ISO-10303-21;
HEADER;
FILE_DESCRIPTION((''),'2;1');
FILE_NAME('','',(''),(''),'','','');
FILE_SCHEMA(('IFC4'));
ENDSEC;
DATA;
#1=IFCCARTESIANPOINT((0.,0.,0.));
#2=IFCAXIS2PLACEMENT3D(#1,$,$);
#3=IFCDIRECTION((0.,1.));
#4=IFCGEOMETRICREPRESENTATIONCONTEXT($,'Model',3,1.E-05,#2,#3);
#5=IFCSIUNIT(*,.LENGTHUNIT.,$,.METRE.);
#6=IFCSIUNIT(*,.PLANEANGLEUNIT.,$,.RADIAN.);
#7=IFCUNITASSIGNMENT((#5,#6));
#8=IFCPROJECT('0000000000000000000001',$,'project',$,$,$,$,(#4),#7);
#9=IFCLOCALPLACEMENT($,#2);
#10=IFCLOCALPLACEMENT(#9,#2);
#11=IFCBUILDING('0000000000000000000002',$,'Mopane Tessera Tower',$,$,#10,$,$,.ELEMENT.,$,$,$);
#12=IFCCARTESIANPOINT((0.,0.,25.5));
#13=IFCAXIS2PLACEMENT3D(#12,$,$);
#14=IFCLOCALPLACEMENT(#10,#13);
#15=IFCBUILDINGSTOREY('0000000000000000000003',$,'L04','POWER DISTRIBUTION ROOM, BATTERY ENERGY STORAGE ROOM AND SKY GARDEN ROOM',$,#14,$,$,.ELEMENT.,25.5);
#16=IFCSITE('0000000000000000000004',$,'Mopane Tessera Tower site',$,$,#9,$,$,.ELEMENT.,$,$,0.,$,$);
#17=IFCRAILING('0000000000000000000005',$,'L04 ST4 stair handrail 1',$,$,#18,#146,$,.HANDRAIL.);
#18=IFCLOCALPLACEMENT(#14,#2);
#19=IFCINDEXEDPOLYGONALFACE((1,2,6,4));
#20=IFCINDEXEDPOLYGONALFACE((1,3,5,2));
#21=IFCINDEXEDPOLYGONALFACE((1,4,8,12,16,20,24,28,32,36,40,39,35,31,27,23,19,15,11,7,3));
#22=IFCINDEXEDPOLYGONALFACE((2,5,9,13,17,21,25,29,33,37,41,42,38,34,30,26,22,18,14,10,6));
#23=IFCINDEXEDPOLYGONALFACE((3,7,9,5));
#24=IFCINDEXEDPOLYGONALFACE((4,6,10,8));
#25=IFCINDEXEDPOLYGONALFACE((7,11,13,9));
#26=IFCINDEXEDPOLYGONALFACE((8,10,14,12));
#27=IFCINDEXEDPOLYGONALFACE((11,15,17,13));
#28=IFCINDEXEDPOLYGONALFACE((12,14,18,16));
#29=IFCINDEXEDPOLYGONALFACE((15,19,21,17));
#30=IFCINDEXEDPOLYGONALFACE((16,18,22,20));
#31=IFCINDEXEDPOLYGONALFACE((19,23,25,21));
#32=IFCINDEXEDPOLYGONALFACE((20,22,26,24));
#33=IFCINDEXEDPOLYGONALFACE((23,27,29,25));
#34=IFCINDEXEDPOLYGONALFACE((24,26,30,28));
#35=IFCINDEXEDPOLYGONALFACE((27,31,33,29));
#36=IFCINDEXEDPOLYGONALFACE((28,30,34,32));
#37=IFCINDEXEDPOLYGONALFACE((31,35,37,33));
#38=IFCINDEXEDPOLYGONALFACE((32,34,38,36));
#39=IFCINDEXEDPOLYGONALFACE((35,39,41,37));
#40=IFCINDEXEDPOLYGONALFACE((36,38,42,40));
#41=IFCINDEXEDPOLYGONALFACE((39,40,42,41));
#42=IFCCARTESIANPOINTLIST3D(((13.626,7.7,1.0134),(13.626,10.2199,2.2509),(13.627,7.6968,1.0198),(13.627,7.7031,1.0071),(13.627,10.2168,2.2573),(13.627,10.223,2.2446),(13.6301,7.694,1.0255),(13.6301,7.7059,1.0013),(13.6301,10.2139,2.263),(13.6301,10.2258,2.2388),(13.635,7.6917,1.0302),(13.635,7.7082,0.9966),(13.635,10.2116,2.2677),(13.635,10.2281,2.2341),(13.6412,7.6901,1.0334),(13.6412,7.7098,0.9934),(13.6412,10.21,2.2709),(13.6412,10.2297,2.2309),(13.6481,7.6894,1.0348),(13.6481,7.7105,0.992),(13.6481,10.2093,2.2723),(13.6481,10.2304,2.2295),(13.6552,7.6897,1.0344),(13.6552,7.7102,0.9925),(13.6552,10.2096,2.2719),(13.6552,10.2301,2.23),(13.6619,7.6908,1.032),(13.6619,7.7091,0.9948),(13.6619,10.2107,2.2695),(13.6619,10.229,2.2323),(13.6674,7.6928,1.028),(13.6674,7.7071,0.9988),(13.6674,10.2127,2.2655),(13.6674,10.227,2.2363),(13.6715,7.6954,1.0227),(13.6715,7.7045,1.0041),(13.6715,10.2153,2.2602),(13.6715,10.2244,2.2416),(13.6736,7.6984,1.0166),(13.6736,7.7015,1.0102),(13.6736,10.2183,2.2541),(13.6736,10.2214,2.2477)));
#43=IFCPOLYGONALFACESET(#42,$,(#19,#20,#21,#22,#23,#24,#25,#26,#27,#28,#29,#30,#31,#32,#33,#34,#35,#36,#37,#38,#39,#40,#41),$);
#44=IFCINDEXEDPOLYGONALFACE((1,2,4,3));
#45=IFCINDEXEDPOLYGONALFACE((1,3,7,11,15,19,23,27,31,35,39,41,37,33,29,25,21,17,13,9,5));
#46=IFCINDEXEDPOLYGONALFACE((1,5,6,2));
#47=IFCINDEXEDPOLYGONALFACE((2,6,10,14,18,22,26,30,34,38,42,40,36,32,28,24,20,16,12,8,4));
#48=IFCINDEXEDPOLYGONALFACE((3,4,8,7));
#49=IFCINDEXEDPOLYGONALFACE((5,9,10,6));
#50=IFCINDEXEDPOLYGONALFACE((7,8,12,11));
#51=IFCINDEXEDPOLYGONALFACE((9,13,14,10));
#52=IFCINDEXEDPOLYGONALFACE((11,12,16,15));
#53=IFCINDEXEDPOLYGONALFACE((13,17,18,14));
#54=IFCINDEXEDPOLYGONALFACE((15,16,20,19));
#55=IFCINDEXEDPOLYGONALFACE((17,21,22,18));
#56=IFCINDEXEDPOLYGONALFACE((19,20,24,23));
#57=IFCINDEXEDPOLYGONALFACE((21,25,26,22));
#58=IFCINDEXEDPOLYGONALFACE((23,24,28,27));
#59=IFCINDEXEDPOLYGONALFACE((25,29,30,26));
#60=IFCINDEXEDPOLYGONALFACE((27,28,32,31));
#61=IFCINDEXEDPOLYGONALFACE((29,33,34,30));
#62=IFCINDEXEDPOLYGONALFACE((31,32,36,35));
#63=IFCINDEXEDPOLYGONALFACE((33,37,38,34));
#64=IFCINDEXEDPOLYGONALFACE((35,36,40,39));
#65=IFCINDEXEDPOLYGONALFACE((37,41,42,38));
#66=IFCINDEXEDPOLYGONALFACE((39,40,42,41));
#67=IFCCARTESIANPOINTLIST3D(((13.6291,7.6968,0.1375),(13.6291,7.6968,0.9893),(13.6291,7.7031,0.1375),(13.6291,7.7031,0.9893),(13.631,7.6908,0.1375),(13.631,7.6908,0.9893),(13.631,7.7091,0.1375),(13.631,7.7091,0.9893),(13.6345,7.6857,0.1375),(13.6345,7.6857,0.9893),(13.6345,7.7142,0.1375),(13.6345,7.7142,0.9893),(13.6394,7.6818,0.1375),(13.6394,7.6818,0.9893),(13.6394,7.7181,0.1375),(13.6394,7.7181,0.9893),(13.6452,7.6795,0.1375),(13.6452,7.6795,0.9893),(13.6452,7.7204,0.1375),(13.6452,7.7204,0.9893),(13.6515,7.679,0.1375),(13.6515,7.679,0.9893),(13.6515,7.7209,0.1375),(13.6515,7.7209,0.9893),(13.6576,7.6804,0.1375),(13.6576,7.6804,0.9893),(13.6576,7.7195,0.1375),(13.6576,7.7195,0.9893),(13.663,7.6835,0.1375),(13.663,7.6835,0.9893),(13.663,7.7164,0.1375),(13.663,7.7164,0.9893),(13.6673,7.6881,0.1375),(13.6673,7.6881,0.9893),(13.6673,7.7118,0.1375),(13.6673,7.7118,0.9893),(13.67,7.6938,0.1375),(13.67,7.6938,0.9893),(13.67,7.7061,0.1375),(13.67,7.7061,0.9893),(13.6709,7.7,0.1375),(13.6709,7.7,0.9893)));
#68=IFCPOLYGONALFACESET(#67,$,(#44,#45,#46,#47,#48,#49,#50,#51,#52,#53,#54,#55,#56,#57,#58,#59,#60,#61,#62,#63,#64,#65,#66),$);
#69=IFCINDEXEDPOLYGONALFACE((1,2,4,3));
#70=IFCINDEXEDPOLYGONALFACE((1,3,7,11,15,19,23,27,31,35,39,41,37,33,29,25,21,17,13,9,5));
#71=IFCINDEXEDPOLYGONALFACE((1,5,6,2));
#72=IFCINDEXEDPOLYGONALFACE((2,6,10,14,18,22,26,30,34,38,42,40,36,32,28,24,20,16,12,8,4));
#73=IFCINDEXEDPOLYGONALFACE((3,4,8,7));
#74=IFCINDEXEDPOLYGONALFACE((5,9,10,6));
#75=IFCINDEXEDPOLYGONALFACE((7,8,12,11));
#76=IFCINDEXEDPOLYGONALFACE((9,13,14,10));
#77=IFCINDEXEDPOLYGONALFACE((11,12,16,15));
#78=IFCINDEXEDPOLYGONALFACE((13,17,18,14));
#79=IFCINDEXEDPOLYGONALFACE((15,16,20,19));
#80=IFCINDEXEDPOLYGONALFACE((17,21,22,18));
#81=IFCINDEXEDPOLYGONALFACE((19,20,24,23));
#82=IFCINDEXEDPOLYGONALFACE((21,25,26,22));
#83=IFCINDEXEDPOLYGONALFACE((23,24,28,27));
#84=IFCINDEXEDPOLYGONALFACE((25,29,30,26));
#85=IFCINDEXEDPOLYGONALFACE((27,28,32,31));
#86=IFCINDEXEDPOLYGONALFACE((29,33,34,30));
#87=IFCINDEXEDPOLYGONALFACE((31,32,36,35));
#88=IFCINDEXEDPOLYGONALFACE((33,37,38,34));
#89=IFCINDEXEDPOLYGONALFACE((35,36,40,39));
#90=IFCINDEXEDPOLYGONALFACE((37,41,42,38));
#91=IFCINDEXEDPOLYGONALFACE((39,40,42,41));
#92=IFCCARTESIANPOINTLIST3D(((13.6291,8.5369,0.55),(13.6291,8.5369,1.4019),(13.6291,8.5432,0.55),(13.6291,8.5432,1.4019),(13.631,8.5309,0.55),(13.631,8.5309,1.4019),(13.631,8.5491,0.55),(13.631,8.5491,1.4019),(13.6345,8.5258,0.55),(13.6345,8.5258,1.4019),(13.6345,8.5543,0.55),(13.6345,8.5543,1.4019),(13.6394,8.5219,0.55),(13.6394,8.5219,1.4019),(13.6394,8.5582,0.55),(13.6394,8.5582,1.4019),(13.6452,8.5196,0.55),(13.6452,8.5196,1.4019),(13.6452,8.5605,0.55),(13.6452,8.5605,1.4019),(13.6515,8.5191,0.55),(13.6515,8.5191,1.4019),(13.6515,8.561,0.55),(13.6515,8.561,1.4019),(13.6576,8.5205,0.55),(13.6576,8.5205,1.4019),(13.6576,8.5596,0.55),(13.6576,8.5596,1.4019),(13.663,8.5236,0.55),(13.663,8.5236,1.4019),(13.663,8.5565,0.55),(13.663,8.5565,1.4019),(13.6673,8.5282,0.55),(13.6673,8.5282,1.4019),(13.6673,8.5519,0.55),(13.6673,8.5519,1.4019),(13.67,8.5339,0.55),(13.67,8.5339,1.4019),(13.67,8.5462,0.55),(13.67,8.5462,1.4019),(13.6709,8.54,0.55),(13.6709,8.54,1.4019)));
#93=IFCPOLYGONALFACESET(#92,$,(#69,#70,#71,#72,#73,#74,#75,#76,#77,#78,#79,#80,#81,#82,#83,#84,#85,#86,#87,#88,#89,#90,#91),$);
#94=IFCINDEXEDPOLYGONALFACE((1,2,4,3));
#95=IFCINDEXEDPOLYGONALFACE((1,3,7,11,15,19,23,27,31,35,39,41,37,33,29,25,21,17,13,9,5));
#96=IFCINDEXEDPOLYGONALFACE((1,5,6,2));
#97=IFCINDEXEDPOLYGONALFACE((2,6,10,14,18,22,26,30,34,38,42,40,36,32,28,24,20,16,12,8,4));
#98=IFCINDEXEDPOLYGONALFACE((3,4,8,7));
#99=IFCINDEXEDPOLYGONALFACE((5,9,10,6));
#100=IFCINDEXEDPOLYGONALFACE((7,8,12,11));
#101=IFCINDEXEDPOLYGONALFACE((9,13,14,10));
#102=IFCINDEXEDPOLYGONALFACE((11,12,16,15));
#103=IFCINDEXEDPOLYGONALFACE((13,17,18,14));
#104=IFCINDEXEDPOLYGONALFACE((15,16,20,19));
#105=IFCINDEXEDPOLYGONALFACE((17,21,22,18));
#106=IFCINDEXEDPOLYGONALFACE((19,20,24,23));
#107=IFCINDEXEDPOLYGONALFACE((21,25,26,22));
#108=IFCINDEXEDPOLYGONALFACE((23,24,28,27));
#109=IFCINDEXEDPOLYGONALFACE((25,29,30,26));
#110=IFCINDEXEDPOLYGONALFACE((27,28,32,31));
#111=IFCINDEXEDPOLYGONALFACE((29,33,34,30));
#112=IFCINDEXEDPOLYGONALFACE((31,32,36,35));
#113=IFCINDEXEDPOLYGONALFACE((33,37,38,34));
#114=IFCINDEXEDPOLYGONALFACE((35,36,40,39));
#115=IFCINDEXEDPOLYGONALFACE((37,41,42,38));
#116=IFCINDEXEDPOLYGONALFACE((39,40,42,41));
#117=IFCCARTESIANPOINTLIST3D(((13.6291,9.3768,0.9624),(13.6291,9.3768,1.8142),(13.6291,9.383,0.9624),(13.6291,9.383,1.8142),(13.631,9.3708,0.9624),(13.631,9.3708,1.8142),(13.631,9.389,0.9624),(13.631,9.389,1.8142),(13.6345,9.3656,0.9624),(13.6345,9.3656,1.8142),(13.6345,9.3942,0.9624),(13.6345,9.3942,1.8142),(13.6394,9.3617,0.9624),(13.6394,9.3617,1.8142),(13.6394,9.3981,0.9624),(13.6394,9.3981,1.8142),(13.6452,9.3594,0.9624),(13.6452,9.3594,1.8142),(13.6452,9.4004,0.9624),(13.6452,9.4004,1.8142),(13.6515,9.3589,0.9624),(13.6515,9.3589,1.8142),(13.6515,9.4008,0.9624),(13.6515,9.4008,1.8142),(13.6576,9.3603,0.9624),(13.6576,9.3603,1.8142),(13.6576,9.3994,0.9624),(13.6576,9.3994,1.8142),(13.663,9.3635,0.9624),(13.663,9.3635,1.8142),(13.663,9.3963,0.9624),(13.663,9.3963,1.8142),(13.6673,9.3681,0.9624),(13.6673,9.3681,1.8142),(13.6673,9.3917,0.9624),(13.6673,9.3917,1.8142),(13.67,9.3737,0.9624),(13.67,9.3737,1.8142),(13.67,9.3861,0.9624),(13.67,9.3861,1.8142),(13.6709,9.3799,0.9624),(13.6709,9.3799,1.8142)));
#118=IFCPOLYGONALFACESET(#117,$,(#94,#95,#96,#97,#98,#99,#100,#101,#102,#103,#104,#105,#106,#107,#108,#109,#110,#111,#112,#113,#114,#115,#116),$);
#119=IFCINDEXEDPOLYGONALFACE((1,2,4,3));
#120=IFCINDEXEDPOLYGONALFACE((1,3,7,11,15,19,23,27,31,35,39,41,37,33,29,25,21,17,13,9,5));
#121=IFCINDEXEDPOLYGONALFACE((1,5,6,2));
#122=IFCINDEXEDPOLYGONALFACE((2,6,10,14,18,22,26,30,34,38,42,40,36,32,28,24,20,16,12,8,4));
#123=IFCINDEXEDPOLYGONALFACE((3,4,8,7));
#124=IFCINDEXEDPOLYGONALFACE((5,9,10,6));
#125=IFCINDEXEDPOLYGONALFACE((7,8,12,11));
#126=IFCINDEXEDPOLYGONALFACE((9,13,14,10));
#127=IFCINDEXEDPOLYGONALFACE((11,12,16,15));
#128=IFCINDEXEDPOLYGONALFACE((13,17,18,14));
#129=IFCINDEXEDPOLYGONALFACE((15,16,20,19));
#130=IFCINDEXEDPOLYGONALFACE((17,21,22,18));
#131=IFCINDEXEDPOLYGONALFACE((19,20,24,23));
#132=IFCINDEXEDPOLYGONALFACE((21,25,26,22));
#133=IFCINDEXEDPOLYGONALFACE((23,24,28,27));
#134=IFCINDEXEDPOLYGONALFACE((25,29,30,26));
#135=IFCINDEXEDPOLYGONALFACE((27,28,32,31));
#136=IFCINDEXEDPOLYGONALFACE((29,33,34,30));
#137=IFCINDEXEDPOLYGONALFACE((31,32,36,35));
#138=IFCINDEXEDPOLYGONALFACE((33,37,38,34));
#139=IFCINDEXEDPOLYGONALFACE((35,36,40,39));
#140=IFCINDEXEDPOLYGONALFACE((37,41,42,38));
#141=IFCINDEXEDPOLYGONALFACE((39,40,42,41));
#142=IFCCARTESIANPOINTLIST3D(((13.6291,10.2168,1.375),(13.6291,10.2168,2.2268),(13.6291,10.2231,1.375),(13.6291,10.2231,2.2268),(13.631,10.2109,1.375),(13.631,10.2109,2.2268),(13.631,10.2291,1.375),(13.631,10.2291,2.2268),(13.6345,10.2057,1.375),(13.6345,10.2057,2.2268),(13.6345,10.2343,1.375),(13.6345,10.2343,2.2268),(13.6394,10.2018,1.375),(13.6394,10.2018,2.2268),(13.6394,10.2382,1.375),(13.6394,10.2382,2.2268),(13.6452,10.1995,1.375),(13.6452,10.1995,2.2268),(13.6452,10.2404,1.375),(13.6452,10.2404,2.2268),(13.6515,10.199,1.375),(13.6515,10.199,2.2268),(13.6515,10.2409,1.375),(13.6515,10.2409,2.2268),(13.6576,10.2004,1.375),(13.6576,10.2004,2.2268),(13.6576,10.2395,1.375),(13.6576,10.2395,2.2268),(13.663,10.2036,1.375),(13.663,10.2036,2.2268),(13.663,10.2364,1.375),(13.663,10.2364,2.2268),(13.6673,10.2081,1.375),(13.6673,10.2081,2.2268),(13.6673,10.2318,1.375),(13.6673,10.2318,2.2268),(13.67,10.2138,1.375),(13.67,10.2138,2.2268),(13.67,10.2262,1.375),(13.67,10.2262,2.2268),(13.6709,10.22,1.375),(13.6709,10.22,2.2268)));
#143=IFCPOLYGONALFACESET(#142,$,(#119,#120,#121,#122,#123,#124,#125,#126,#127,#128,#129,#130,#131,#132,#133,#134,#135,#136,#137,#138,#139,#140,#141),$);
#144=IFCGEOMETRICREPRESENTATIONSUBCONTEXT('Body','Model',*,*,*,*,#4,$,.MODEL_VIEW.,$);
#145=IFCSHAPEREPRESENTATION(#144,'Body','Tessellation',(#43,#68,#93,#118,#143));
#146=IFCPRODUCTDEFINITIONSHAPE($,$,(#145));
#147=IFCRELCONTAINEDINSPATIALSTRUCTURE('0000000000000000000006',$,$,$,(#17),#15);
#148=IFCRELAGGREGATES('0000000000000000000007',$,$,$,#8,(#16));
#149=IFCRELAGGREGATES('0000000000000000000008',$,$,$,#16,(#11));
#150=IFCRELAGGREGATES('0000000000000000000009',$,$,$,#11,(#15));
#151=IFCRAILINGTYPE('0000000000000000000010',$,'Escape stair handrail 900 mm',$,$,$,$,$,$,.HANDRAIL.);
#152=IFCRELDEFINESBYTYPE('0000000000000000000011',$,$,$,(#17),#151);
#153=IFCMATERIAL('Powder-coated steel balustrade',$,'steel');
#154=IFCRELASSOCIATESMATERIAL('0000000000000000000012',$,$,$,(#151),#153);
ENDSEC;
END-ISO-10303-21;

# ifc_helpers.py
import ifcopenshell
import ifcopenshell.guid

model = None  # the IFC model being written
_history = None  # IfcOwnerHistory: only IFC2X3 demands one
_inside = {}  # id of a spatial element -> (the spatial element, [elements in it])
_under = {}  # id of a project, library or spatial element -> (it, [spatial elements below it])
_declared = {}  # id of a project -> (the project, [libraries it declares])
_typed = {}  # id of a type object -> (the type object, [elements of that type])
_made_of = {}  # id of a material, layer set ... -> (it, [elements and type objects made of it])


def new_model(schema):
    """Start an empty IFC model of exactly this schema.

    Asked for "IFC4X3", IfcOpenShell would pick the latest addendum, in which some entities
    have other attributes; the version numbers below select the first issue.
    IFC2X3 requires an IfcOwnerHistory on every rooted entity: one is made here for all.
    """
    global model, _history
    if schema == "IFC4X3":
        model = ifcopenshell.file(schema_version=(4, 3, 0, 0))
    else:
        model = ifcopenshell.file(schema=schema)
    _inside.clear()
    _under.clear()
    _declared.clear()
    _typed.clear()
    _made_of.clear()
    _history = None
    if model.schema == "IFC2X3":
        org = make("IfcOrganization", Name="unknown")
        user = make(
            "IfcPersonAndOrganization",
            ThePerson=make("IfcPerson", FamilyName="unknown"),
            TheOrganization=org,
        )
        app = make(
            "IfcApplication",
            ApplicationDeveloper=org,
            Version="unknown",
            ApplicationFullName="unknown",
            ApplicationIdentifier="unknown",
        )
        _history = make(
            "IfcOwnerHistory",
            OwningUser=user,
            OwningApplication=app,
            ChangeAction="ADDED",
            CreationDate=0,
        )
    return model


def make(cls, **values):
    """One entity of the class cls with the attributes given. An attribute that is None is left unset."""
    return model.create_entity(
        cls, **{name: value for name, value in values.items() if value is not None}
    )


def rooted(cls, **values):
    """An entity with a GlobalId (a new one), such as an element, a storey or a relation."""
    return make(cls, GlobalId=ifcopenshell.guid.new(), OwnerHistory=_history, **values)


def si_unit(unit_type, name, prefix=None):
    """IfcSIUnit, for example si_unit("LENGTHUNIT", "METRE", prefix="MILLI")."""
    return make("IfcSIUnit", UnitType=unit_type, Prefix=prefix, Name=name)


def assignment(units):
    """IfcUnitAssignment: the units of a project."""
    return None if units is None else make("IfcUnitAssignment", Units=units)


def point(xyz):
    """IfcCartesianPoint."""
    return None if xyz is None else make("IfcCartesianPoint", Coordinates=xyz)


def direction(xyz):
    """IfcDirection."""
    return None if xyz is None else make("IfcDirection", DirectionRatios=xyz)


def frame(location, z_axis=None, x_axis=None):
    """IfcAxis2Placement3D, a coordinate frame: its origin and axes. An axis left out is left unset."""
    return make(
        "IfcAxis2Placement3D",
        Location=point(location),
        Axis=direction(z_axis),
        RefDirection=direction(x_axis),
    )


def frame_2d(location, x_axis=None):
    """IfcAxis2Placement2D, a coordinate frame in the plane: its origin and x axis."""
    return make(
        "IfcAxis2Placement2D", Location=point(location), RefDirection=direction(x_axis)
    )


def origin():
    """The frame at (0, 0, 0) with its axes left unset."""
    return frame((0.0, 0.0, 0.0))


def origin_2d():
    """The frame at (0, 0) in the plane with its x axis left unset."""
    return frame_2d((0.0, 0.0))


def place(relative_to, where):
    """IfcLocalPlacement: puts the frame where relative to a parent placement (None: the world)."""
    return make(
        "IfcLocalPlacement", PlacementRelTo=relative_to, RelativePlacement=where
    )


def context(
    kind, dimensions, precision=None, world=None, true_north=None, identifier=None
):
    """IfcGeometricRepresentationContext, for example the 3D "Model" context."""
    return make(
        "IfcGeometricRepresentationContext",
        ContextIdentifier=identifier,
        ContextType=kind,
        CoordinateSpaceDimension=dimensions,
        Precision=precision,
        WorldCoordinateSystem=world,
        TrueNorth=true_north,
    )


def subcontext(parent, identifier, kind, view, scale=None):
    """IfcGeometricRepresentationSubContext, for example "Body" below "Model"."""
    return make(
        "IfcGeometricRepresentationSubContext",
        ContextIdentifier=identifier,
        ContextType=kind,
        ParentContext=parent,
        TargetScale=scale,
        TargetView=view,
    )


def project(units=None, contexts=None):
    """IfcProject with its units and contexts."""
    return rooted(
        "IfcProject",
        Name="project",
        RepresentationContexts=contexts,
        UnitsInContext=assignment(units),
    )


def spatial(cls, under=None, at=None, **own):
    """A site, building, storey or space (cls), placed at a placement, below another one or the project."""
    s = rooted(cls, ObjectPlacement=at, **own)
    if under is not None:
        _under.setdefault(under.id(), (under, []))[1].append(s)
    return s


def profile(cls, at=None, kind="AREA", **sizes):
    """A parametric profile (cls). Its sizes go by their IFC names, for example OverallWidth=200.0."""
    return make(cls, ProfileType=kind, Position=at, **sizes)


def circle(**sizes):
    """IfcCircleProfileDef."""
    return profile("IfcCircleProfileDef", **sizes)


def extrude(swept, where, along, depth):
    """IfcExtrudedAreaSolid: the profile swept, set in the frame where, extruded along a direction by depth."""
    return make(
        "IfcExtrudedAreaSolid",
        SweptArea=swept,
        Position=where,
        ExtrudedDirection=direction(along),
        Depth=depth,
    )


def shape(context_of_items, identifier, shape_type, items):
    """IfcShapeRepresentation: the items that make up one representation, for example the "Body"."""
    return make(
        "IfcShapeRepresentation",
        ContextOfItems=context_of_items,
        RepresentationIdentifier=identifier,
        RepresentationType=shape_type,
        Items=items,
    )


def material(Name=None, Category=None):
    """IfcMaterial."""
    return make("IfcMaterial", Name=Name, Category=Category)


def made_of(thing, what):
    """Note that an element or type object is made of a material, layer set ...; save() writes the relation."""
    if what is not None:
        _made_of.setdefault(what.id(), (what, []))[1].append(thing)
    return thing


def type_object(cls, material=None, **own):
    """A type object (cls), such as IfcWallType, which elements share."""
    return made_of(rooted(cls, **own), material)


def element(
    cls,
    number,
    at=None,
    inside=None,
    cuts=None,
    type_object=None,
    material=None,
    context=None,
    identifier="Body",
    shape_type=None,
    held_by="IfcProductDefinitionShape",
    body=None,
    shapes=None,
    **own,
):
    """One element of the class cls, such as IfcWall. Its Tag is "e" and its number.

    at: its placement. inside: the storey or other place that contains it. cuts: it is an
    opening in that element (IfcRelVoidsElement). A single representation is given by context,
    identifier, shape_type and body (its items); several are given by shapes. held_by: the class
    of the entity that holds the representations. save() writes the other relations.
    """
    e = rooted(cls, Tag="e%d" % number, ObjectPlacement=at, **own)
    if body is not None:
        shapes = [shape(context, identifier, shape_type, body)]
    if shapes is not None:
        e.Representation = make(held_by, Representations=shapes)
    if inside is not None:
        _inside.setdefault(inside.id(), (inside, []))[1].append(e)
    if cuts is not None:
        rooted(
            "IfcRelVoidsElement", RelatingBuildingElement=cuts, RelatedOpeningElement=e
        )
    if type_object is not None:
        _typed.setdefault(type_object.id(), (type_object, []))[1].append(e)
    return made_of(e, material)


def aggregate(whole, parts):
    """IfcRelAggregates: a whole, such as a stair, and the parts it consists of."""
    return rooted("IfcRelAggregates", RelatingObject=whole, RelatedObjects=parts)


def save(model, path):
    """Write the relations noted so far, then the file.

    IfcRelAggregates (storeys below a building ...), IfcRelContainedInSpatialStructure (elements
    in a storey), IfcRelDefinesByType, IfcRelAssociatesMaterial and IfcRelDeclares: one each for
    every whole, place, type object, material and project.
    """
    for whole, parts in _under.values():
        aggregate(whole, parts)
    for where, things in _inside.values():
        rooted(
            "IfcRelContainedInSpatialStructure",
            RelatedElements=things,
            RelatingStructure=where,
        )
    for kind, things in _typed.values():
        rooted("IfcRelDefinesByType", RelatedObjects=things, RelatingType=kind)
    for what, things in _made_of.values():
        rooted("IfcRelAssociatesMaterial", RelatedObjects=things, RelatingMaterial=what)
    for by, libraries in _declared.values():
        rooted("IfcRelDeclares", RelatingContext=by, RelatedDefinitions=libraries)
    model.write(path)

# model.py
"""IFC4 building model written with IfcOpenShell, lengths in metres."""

from ifc_helpers import new_model, si_unit, direction, frame, origin, origin_2d, place, context, subcontext, project, spatial, circle, extrude, material, type_object, element, save


model = new_model("IFC4")

# Units and contexts
model_context = context("Model", 3, precision=1e-05, world=origin(), true_north=direction((0.0, 1.0)))
body_context = subcontext(model_context, "Body", "Model", "MODEL_VIEW")
ifc_project = project(units=[si_unit("LENGTHUNIT", "METRE"), si_unit("PLANEANGLEUNIT", "RADIAN")], contexts=[model_context])

# Site, building, storey
site_placement = place(None, origin())
site = spatial("IfcSite", under=ifc_project, at=site_placement, Name="Mopane Tessera Tower site", CompositionType="ELEMENT", RefElevation=0.0)
building_placement = place(site_placement, origin())
building = spatial("IfcBuilding", under=site, at=building_placement, Name="Mopane Tessera Tower", CompositionType="ELEMENT")
storey_placement = place(building_placement, frame((0.0, 0.0, 25.5)))
storey = spatial("IfcBuildingStorey", under=building, at=storey_placement, Name="L04", Description="POWER DISTRIBUTION ROOM, BATTERY ENERGY STORAGE ROOM AND SKY GARDEN ROOM", CompositionType="ELEMENT", Elevation=25.5)

# Railing
ifc_material_1 = material(Name="Powder-coated steel balustrade", Category="steel")
railing_type_1 = type_object("IfcRailingType", Name="Escape stair handrail 900 mm", PredefinedType="HANDRAIL", material=ifc_material_1)
for number, where, name in (
    (1, (13.6499, 7.7, 0.1375), "L04 ST4 stair handrail 1"),
):
    element("IfcRailing", number, at=place(storey_placement, frame(where)), inside=storey, type_object=railing_type_1, Name=name, PredefinedType="HANDRAIL", context=body_context, shape_type="SweptSolid", body=[
        extrude(circle(Radius=0.0239, at=origin_2d()), frame((0.0, 0.0, 0.876), z_axis=(0.0, 0.897604, 0.440802), x_axis=(-1.0, 0.0, 0.0)), (0.0, 0.0, 1.0), 2.8074),
        extrude(circle(Radius=0.021, at=origin_2d()), origin(), (0.0, 0.0, 1.0), 0.8518),
        extrude(circle(Radius=0.021, at=origin_2d()), frame((0.0, 0.8401, 0.4126)), (0.0, 0.0, 1.0), 0.8518),
        extrude(circle(Radius=0.021, at=origin_2d()), frame((0.0, 1.6799, 0.825)), (0.0, 0.0, 1.0), 0.8518),
        extrude(circle(Radius=0.021, at=origin_2d()), frame((0.0, 2.52, 1.2375)), (0.0, 0.0, 1.0), 0.8518),
    ])

save(model, "model.ifc")
